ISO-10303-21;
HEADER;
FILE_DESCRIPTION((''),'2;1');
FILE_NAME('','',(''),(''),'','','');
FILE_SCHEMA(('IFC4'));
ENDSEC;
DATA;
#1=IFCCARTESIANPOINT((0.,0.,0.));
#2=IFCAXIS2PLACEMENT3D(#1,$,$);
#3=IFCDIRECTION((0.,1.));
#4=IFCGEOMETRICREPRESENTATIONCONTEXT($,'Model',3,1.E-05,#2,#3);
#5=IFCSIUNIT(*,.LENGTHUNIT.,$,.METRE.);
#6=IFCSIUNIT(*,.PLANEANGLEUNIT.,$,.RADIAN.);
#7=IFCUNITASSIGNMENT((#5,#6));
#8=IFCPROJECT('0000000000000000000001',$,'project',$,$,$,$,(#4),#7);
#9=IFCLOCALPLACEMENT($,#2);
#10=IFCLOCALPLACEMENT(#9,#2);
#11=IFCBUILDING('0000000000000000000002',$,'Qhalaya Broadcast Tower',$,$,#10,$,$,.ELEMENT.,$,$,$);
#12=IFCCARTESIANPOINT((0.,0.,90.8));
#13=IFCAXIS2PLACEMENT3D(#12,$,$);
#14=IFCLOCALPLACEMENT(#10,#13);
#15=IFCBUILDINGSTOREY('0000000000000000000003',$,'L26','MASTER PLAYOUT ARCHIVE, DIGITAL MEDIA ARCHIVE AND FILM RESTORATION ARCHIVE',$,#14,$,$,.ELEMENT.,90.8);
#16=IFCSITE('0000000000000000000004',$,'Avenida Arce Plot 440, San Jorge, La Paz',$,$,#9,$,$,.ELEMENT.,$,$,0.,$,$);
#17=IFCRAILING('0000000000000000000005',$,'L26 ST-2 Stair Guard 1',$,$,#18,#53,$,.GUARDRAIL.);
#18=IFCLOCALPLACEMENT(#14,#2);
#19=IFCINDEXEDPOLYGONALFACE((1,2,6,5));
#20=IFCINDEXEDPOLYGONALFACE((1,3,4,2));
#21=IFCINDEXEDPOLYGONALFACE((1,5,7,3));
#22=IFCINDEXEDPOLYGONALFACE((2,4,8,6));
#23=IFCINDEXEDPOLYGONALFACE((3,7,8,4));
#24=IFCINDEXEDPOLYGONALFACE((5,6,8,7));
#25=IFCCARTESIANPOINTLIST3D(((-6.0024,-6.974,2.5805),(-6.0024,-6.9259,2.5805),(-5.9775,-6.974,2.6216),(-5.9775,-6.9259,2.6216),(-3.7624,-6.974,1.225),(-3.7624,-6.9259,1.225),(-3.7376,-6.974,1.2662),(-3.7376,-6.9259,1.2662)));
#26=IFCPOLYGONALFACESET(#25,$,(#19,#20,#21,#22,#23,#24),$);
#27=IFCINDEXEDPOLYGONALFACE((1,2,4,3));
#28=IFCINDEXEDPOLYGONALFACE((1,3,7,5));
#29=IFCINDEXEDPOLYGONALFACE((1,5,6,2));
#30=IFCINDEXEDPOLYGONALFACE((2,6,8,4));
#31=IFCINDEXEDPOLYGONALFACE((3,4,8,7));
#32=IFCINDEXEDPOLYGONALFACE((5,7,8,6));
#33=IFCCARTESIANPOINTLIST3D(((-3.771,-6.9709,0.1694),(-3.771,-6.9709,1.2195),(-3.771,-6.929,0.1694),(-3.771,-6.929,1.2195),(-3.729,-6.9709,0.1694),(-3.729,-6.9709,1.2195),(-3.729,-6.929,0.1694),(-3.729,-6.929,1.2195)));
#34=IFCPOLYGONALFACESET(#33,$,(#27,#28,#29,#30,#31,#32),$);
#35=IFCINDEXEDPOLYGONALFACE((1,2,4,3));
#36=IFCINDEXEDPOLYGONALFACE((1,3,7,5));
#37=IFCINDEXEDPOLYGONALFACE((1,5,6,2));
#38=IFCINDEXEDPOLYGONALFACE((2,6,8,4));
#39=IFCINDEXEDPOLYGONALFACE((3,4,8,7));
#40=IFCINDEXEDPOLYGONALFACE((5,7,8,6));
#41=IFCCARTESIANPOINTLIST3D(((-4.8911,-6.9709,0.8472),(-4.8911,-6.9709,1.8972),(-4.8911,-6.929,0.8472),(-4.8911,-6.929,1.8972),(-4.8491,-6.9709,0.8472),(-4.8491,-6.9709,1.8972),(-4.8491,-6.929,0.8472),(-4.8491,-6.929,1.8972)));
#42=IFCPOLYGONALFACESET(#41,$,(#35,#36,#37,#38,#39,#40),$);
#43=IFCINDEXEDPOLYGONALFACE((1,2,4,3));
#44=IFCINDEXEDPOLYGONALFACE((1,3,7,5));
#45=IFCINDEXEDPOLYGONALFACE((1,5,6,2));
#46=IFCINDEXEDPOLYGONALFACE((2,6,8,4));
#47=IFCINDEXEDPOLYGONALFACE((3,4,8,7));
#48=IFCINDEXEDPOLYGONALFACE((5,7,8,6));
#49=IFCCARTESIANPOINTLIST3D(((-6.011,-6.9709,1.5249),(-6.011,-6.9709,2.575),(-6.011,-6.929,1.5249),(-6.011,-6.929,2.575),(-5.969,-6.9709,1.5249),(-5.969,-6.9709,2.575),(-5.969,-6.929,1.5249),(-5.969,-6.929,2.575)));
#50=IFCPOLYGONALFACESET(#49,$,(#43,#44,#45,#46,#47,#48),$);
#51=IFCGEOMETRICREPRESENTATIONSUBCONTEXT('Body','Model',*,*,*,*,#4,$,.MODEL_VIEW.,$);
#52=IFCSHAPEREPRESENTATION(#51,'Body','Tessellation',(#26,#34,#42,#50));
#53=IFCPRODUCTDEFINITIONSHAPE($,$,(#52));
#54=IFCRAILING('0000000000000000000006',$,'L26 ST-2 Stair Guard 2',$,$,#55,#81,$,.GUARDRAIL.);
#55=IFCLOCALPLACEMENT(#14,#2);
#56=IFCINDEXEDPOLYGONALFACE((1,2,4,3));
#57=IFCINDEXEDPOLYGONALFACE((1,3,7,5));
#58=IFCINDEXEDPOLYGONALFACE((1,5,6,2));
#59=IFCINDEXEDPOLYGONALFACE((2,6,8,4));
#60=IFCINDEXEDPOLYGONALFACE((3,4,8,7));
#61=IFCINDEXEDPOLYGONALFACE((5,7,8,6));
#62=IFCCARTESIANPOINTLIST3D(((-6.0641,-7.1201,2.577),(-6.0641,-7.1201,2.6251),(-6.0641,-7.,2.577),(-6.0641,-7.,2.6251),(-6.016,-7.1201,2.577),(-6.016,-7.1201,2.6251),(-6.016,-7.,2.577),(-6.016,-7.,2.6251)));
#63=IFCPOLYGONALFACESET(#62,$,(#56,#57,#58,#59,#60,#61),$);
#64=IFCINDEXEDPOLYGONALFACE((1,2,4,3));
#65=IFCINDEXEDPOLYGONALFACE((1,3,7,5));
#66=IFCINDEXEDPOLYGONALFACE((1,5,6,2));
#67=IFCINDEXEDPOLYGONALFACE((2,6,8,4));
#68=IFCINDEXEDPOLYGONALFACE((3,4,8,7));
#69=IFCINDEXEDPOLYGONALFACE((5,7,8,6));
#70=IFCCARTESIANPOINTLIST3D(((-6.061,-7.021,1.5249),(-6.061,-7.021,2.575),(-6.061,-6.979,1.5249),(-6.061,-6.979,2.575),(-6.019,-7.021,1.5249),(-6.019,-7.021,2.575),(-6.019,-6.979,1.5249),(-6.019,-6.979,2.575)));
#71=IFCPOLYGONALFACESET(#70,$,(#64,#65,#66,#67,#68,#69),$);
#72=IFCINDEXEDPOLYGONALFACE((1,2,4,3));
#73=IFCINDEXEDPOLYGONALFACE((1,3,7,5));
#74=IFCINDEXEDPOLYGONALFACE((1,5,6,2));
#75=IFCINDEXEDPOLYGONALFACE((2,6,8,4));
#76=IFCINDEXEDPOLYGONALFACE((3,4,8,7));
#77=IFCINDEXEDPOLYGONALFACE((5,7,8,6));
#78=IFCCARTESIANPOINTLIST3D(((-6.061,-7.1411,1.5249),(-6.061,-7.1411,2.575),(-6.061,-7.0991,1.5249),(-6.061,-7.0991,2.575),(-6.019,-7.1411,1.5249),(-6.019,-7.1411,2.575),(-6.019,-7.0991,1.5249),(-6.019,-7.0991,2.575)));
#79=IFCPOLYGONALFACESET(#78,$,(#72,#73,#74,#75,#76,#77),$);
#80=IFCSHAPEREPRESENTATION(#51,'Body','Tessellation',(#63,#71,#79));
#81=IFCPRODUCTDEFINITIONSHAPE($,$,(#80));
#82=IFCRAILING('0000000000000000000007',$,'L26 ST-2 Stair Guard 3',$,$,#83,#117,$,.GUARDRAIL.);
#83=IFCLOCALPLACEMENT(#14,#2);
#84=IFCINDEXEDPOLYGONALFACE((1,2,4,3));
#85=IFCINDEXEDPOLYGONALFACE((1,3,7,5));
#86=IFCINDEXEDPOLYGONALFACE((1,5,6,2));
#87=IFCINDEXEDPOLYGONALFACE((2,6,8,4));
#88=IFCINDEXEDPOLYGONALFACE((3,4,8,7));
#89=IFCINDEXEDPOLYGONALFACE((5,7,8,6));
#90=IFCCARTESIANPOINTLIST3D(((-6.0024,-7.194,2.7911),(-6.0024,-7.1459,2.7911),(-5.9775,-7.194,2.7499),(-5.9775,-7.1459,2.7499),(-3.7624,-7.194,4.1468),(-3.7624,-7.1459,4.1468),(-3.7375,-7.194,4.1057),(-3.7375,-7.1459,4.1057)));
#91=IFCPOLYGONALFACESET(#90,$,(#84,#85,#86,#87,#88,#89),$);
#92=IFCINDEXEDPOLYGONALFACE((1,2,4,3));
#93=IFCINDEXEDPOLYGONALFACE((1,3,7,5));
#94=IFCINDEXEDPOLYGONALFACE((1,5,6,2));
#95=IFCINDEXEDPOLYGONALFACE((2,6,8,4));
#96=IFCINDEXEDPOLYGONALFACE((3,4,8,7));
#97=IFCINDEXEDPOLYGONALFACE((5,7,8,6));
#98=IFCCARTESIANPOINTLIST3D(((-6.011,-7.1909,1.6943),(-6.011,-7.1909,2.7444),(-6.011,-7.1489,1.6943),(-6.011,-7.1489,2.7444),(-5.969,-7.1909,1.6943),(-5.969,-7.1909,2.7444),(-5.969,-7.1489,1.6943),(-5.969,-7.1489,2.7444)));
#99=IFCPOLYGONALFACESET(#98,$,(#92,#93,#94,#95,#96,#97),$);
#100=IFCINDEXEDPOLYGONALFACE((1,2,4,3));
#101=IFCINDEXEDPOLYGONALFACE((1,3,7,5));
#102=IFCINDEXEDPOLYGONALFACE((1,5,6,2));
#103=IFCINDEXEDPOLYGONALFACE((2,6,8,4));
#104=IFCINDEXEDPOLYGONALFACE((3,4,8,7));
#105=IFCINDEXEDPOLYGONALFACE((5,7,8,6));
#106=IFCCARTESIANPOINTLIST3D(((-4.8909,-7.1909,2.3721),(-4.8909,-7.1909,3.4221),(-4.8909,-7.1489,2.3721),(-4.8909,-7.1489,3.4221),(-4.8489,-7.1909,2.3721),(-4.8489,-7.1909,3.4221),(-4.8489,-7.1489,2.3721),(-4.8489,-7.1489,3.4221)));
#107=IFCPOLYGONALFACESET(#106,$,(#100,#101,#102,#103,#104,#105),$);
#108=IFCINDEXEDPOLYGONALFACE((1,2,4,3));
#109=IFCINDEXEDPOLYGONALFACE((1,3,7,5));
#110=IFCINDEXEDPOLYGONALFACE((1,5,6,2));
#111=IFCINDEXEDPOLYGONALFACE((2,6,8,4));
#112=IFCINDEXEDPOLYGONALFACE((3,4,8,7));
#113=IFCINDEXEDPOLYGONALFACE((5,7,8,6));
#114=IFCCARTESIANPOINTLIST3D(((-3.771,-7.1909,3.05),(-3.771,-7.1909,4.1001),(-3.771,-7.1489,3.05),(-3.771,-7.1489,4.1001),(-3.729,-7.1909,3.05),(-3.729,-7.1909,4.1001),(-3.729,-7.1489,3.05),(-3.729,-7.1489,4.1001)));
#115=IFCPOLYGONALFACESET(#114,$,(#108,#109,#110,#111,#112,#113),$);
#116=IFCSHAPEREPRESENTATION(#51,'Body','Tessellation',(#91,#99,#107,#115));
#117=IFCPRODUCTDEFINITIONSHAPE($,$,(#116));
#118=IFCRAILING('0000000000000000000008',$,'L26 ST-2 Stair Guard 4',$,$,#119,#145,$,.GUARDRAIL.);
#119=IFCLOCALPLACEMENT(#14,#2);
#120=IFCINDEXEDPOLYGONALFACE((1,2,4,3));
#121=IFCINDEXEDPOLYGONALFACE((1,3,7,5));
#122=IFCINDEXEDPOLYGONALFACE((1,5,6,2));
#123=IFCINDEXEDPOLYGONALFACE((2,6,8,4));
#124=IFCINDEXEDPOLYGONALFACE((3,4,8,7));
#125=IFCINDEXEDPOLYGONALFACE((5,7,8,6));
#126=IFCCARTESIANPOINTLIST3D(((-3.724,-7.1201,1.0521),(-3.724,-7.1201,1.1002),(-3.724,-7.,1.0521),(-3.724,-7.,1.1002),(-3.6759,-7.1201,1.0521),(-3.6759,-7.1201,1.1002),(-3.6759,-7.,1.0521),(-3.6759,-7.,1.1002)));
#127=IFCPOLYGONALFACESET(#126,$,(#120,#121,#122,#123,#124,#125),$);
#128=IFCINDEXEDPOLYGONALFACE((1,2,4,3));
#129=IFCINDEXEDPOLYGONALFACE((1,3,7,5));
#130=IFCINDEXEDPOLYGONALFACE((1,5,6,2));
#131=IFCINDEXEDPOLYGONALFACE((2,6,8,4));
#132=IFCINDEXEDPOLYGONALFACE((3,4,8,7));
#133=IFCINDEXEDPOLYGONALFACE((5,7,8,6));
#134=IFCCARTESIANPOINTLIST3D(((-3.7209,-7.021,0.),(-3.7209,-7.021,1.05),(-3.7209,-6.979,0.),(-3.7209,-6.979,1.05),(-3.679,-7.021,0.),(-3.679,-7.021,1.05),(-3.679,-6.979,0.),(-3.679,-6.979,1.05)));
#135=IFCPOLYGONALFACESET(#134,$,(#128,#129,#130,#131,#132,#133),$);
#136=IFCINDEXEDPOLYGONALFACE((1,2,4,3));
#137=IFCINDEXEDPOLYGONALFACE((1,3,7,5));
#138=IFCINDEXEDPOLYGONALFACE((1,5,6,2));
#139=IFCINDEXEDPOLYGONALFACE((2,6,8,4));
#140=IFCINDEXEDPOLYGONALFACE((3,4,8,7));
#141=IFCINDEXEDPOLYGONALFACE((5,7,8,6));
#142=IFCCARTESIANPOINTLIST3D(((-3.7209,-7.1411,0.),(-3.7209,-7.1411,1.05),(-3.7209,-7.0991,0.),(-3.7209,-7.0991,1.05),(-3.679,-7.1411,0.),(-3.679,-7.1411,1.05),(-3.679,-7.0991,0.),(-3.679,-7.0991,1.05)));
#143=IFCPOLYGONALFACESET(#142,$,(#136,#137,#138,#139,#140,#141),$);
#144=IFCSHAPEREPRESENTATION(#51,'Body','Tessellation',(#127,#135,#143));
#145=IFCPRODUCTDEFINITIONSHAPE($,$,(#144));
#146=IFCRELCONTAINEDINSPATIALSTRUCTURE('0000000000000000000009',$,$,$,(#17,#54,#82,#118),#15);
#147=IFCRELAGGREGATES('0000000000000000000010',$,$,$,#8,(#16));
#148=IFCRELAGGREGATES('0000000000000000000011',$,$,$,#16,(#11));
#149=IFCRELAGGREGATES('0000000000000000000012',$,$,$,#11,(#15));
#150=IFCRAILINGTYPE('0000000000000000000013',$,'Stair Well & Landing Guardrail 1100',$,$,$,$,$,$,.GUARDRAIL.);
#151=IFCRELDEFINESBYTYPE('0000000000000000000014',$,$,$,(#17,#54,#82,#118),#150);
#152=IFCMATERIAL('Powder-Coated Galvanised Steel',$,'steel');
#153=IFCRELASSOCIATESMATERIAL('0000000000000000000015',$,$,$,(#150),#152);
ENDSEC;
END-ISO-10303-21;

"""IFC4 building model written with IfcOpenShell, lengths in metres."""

from ifc_helpers import new_model, si_unit, direction, frame, origin, origin_2d, place, context, subcontext, project, spatial, rectangle, extrude, material, type_object, element, save


model = new_model("IFC4")

# Units and contexts
model_context = context("Model", 3, precision=1e-05, world=origin(), true_north=direction((0.0, 1.0)))
body_context = subcontext(model_context, "Body", "Model", "MODEL_VIEW")
ifc_project = project(units=[si_unit("LENGTHUNIT", "METRE"), si_unit("PLANEANGLEUNIT", "RADIAN")], contexts=[model_context])

# Site, building, storey
site_placement = place(None, origin())
site = spatial("IfcSite", under=ifc_project, at=site_placement, Name="Avenida Arce Plot 440, San Jorge, La Paz", CompositionType="ELEMENT", RefElevation=0.0)
building_placement = place(site_placement, origin())
building = spatial("IfcBuilding", under=site, at=building_placement, Name="Qhalaya Broadcast Tower", CompositionType="ELEMENT")
storey_placement = place(building_placement, frame((0.0, 0.0, 90.8)))
storey = spatial("IfcBuildingStorey", under=building, at=storey_placement, Name="L26", Description="MASTER PLAYOUT ARCHIVE, DIGITAL MEDIA ARCHIVE AND FILM RESTORATION ARCHIVE", CompositionType="ELEMENT", Elevation=90.8)

# Railings
ifc_material_1 = material(Name="Powder-Coated Galvanised Steel", Category="steel")
railing_type_1 = type_object("IfcRailingType", Name="Stair Well & Landing Guardrail 1100", PredefinedType="GUARDRAIL", material=ifc_material_1)
railing_1_placement = place(storey_placement, frame((-3.75, -6.95, 0.1694)))
element("IfcRailing", 1, at=railing_1_placement, inside=storey, type_object=railing_type_1, Name="L26 ST-2 Stair Guard 1", PredefinedType="GUARDRAIL", context=body_context, shape_type="SweptSolid", body=[
    extrude(rectangle(XDim=0.0481, YDim=0.0481, at=origin_2d()), frame((0.0, 0.0, 1.0762), z_axis=(-0.855553, 0.0, 0.517715), x_axis=(0.0, -1.0, 0.0)), (0.0, 0.0, 1.0), 2.6182),
    extrude(rectangle(XDim=0.042, YDim=0.042, at=origin_2d()), origin(), (0.0, 0.0, 1.0), 1.05),
    extrude(rectangle(XDim=0.042, YDim=0.042, at=origin_2d()), frame((-1.1201, 0.0, 0.6777)), (0.0, 0.0, 1.0), 1.05),
    extrude(rectangle(XDim=0.042, YDim=0.042, at=origin_2d()), frame((-2.24, 0.0, 1.3555)), (0.0, 0.0, 1.0), 1.05),
])
railing_2_placement = place(storey_placement, frame((-6.04, -7.0, 1.5249)))
element("IfcRailing", 2, at=railing_2_placement, inside=storey, type_object=railing_type_1, Name="L26 ST-2 Stair Guard 2", PredefinedType="GUARDRAIL", context=body_context, shape_type="SweptSolid", body=[
    extrude(rectangle(XDim=0.0481, YDim=0.0481, at=origin_2d()), frame((0.0, 0.0, 1.0762), z_axis=(0.0, -1.0, 0.0), x_axis=(1.0, 0.0, 0.0)), (0.0, 0.0, 1.0), 0.1201),
    extrude(rectangle(XDim=0.042, YDim=0.042, at=origin_2d()), origin(), (0.0, 0.0, 1.0), 1.05),
    extrude(rectangle(XDim=0.042, YDim=0.042, at=origin_2d()), frame((0.0, -0.1201, 0.0)), (0.0, 0.0, 1.0), 1.05),
])
railing_3_placement = place(storey_placement, frame((-5.99, -7.1699, 1.6943)))
element("IfcRailing", 3, at=railing_3_placement, inside=storey, type_object=railing_type_1, Name="L26 ST-2 Stair Guard 3", PredefinedType="GUARDRAIL", context=body_context, shape_type="SweptSolid", body=[
    extrude(rectangle(XDim=0.0481, YDim=0.0481, at=origin_2d()), frame((0.0, 0.0, 1.0762), z_axis=(0.855512, 0.0, 0.517783), x_axis=(0.0, 1.0, 0.0)), (0.0, 0.0, 1.0), 2.6184),
    extrude(rectangle(XDim=0.042, YDim=0.042, at=origin_2d()), origin(), (0.0, 0.0, 1.0), 1.05),
    extrude(rectangle(XDim=0.042, YDim=0.042, at=origin_2d()), frame((1.1201, 0.0, 0.6777)), (0.0, 0.0, 1.0), 1.05),
    extrude(rectangle(XDim=0.042, YDim=0.042, at=origin_2d()), frame((2.24, 0.0, 1.3557)), (0.0, 0.0, 1.0), 1.05),
])
railing_4_placement = place(storey_placement, frame((-3.7, -7.0, 0.0)))
element("IfcRailing", 4, at=railing_4_placement, inside=storey, type_object=railing_type_1, Name="L26 ST-2 Stair Guard 4", PredefinedType="GUARDRAIL", context=body_context, shape_type="SweptSolid", body=[
    extrude(rectangle(XDim=0.0481, YDim=0.0481, at=origin_2d()), frame((0.0, 0.0, 1.0762), z_axis=(0.0, -1.0, 0.0), x_axis=(1.0, 0.0, 0.0)), (0.0, 0.0, 1.0), 0.1201),
    extrude(rectangle(XDim=0.042, YDim=0.042, at=origin_2d()), origin(), (0.0, 0.0, 1.0), 1.05),
    extrude(rectangle(XDim=0.042, YDim=0.042, at=origin_2d()), frame((0.0, -0.1201, 0.0)), (0.0, 0.0, 1.0), 1.05),
])

save(model, "model.ifc")
